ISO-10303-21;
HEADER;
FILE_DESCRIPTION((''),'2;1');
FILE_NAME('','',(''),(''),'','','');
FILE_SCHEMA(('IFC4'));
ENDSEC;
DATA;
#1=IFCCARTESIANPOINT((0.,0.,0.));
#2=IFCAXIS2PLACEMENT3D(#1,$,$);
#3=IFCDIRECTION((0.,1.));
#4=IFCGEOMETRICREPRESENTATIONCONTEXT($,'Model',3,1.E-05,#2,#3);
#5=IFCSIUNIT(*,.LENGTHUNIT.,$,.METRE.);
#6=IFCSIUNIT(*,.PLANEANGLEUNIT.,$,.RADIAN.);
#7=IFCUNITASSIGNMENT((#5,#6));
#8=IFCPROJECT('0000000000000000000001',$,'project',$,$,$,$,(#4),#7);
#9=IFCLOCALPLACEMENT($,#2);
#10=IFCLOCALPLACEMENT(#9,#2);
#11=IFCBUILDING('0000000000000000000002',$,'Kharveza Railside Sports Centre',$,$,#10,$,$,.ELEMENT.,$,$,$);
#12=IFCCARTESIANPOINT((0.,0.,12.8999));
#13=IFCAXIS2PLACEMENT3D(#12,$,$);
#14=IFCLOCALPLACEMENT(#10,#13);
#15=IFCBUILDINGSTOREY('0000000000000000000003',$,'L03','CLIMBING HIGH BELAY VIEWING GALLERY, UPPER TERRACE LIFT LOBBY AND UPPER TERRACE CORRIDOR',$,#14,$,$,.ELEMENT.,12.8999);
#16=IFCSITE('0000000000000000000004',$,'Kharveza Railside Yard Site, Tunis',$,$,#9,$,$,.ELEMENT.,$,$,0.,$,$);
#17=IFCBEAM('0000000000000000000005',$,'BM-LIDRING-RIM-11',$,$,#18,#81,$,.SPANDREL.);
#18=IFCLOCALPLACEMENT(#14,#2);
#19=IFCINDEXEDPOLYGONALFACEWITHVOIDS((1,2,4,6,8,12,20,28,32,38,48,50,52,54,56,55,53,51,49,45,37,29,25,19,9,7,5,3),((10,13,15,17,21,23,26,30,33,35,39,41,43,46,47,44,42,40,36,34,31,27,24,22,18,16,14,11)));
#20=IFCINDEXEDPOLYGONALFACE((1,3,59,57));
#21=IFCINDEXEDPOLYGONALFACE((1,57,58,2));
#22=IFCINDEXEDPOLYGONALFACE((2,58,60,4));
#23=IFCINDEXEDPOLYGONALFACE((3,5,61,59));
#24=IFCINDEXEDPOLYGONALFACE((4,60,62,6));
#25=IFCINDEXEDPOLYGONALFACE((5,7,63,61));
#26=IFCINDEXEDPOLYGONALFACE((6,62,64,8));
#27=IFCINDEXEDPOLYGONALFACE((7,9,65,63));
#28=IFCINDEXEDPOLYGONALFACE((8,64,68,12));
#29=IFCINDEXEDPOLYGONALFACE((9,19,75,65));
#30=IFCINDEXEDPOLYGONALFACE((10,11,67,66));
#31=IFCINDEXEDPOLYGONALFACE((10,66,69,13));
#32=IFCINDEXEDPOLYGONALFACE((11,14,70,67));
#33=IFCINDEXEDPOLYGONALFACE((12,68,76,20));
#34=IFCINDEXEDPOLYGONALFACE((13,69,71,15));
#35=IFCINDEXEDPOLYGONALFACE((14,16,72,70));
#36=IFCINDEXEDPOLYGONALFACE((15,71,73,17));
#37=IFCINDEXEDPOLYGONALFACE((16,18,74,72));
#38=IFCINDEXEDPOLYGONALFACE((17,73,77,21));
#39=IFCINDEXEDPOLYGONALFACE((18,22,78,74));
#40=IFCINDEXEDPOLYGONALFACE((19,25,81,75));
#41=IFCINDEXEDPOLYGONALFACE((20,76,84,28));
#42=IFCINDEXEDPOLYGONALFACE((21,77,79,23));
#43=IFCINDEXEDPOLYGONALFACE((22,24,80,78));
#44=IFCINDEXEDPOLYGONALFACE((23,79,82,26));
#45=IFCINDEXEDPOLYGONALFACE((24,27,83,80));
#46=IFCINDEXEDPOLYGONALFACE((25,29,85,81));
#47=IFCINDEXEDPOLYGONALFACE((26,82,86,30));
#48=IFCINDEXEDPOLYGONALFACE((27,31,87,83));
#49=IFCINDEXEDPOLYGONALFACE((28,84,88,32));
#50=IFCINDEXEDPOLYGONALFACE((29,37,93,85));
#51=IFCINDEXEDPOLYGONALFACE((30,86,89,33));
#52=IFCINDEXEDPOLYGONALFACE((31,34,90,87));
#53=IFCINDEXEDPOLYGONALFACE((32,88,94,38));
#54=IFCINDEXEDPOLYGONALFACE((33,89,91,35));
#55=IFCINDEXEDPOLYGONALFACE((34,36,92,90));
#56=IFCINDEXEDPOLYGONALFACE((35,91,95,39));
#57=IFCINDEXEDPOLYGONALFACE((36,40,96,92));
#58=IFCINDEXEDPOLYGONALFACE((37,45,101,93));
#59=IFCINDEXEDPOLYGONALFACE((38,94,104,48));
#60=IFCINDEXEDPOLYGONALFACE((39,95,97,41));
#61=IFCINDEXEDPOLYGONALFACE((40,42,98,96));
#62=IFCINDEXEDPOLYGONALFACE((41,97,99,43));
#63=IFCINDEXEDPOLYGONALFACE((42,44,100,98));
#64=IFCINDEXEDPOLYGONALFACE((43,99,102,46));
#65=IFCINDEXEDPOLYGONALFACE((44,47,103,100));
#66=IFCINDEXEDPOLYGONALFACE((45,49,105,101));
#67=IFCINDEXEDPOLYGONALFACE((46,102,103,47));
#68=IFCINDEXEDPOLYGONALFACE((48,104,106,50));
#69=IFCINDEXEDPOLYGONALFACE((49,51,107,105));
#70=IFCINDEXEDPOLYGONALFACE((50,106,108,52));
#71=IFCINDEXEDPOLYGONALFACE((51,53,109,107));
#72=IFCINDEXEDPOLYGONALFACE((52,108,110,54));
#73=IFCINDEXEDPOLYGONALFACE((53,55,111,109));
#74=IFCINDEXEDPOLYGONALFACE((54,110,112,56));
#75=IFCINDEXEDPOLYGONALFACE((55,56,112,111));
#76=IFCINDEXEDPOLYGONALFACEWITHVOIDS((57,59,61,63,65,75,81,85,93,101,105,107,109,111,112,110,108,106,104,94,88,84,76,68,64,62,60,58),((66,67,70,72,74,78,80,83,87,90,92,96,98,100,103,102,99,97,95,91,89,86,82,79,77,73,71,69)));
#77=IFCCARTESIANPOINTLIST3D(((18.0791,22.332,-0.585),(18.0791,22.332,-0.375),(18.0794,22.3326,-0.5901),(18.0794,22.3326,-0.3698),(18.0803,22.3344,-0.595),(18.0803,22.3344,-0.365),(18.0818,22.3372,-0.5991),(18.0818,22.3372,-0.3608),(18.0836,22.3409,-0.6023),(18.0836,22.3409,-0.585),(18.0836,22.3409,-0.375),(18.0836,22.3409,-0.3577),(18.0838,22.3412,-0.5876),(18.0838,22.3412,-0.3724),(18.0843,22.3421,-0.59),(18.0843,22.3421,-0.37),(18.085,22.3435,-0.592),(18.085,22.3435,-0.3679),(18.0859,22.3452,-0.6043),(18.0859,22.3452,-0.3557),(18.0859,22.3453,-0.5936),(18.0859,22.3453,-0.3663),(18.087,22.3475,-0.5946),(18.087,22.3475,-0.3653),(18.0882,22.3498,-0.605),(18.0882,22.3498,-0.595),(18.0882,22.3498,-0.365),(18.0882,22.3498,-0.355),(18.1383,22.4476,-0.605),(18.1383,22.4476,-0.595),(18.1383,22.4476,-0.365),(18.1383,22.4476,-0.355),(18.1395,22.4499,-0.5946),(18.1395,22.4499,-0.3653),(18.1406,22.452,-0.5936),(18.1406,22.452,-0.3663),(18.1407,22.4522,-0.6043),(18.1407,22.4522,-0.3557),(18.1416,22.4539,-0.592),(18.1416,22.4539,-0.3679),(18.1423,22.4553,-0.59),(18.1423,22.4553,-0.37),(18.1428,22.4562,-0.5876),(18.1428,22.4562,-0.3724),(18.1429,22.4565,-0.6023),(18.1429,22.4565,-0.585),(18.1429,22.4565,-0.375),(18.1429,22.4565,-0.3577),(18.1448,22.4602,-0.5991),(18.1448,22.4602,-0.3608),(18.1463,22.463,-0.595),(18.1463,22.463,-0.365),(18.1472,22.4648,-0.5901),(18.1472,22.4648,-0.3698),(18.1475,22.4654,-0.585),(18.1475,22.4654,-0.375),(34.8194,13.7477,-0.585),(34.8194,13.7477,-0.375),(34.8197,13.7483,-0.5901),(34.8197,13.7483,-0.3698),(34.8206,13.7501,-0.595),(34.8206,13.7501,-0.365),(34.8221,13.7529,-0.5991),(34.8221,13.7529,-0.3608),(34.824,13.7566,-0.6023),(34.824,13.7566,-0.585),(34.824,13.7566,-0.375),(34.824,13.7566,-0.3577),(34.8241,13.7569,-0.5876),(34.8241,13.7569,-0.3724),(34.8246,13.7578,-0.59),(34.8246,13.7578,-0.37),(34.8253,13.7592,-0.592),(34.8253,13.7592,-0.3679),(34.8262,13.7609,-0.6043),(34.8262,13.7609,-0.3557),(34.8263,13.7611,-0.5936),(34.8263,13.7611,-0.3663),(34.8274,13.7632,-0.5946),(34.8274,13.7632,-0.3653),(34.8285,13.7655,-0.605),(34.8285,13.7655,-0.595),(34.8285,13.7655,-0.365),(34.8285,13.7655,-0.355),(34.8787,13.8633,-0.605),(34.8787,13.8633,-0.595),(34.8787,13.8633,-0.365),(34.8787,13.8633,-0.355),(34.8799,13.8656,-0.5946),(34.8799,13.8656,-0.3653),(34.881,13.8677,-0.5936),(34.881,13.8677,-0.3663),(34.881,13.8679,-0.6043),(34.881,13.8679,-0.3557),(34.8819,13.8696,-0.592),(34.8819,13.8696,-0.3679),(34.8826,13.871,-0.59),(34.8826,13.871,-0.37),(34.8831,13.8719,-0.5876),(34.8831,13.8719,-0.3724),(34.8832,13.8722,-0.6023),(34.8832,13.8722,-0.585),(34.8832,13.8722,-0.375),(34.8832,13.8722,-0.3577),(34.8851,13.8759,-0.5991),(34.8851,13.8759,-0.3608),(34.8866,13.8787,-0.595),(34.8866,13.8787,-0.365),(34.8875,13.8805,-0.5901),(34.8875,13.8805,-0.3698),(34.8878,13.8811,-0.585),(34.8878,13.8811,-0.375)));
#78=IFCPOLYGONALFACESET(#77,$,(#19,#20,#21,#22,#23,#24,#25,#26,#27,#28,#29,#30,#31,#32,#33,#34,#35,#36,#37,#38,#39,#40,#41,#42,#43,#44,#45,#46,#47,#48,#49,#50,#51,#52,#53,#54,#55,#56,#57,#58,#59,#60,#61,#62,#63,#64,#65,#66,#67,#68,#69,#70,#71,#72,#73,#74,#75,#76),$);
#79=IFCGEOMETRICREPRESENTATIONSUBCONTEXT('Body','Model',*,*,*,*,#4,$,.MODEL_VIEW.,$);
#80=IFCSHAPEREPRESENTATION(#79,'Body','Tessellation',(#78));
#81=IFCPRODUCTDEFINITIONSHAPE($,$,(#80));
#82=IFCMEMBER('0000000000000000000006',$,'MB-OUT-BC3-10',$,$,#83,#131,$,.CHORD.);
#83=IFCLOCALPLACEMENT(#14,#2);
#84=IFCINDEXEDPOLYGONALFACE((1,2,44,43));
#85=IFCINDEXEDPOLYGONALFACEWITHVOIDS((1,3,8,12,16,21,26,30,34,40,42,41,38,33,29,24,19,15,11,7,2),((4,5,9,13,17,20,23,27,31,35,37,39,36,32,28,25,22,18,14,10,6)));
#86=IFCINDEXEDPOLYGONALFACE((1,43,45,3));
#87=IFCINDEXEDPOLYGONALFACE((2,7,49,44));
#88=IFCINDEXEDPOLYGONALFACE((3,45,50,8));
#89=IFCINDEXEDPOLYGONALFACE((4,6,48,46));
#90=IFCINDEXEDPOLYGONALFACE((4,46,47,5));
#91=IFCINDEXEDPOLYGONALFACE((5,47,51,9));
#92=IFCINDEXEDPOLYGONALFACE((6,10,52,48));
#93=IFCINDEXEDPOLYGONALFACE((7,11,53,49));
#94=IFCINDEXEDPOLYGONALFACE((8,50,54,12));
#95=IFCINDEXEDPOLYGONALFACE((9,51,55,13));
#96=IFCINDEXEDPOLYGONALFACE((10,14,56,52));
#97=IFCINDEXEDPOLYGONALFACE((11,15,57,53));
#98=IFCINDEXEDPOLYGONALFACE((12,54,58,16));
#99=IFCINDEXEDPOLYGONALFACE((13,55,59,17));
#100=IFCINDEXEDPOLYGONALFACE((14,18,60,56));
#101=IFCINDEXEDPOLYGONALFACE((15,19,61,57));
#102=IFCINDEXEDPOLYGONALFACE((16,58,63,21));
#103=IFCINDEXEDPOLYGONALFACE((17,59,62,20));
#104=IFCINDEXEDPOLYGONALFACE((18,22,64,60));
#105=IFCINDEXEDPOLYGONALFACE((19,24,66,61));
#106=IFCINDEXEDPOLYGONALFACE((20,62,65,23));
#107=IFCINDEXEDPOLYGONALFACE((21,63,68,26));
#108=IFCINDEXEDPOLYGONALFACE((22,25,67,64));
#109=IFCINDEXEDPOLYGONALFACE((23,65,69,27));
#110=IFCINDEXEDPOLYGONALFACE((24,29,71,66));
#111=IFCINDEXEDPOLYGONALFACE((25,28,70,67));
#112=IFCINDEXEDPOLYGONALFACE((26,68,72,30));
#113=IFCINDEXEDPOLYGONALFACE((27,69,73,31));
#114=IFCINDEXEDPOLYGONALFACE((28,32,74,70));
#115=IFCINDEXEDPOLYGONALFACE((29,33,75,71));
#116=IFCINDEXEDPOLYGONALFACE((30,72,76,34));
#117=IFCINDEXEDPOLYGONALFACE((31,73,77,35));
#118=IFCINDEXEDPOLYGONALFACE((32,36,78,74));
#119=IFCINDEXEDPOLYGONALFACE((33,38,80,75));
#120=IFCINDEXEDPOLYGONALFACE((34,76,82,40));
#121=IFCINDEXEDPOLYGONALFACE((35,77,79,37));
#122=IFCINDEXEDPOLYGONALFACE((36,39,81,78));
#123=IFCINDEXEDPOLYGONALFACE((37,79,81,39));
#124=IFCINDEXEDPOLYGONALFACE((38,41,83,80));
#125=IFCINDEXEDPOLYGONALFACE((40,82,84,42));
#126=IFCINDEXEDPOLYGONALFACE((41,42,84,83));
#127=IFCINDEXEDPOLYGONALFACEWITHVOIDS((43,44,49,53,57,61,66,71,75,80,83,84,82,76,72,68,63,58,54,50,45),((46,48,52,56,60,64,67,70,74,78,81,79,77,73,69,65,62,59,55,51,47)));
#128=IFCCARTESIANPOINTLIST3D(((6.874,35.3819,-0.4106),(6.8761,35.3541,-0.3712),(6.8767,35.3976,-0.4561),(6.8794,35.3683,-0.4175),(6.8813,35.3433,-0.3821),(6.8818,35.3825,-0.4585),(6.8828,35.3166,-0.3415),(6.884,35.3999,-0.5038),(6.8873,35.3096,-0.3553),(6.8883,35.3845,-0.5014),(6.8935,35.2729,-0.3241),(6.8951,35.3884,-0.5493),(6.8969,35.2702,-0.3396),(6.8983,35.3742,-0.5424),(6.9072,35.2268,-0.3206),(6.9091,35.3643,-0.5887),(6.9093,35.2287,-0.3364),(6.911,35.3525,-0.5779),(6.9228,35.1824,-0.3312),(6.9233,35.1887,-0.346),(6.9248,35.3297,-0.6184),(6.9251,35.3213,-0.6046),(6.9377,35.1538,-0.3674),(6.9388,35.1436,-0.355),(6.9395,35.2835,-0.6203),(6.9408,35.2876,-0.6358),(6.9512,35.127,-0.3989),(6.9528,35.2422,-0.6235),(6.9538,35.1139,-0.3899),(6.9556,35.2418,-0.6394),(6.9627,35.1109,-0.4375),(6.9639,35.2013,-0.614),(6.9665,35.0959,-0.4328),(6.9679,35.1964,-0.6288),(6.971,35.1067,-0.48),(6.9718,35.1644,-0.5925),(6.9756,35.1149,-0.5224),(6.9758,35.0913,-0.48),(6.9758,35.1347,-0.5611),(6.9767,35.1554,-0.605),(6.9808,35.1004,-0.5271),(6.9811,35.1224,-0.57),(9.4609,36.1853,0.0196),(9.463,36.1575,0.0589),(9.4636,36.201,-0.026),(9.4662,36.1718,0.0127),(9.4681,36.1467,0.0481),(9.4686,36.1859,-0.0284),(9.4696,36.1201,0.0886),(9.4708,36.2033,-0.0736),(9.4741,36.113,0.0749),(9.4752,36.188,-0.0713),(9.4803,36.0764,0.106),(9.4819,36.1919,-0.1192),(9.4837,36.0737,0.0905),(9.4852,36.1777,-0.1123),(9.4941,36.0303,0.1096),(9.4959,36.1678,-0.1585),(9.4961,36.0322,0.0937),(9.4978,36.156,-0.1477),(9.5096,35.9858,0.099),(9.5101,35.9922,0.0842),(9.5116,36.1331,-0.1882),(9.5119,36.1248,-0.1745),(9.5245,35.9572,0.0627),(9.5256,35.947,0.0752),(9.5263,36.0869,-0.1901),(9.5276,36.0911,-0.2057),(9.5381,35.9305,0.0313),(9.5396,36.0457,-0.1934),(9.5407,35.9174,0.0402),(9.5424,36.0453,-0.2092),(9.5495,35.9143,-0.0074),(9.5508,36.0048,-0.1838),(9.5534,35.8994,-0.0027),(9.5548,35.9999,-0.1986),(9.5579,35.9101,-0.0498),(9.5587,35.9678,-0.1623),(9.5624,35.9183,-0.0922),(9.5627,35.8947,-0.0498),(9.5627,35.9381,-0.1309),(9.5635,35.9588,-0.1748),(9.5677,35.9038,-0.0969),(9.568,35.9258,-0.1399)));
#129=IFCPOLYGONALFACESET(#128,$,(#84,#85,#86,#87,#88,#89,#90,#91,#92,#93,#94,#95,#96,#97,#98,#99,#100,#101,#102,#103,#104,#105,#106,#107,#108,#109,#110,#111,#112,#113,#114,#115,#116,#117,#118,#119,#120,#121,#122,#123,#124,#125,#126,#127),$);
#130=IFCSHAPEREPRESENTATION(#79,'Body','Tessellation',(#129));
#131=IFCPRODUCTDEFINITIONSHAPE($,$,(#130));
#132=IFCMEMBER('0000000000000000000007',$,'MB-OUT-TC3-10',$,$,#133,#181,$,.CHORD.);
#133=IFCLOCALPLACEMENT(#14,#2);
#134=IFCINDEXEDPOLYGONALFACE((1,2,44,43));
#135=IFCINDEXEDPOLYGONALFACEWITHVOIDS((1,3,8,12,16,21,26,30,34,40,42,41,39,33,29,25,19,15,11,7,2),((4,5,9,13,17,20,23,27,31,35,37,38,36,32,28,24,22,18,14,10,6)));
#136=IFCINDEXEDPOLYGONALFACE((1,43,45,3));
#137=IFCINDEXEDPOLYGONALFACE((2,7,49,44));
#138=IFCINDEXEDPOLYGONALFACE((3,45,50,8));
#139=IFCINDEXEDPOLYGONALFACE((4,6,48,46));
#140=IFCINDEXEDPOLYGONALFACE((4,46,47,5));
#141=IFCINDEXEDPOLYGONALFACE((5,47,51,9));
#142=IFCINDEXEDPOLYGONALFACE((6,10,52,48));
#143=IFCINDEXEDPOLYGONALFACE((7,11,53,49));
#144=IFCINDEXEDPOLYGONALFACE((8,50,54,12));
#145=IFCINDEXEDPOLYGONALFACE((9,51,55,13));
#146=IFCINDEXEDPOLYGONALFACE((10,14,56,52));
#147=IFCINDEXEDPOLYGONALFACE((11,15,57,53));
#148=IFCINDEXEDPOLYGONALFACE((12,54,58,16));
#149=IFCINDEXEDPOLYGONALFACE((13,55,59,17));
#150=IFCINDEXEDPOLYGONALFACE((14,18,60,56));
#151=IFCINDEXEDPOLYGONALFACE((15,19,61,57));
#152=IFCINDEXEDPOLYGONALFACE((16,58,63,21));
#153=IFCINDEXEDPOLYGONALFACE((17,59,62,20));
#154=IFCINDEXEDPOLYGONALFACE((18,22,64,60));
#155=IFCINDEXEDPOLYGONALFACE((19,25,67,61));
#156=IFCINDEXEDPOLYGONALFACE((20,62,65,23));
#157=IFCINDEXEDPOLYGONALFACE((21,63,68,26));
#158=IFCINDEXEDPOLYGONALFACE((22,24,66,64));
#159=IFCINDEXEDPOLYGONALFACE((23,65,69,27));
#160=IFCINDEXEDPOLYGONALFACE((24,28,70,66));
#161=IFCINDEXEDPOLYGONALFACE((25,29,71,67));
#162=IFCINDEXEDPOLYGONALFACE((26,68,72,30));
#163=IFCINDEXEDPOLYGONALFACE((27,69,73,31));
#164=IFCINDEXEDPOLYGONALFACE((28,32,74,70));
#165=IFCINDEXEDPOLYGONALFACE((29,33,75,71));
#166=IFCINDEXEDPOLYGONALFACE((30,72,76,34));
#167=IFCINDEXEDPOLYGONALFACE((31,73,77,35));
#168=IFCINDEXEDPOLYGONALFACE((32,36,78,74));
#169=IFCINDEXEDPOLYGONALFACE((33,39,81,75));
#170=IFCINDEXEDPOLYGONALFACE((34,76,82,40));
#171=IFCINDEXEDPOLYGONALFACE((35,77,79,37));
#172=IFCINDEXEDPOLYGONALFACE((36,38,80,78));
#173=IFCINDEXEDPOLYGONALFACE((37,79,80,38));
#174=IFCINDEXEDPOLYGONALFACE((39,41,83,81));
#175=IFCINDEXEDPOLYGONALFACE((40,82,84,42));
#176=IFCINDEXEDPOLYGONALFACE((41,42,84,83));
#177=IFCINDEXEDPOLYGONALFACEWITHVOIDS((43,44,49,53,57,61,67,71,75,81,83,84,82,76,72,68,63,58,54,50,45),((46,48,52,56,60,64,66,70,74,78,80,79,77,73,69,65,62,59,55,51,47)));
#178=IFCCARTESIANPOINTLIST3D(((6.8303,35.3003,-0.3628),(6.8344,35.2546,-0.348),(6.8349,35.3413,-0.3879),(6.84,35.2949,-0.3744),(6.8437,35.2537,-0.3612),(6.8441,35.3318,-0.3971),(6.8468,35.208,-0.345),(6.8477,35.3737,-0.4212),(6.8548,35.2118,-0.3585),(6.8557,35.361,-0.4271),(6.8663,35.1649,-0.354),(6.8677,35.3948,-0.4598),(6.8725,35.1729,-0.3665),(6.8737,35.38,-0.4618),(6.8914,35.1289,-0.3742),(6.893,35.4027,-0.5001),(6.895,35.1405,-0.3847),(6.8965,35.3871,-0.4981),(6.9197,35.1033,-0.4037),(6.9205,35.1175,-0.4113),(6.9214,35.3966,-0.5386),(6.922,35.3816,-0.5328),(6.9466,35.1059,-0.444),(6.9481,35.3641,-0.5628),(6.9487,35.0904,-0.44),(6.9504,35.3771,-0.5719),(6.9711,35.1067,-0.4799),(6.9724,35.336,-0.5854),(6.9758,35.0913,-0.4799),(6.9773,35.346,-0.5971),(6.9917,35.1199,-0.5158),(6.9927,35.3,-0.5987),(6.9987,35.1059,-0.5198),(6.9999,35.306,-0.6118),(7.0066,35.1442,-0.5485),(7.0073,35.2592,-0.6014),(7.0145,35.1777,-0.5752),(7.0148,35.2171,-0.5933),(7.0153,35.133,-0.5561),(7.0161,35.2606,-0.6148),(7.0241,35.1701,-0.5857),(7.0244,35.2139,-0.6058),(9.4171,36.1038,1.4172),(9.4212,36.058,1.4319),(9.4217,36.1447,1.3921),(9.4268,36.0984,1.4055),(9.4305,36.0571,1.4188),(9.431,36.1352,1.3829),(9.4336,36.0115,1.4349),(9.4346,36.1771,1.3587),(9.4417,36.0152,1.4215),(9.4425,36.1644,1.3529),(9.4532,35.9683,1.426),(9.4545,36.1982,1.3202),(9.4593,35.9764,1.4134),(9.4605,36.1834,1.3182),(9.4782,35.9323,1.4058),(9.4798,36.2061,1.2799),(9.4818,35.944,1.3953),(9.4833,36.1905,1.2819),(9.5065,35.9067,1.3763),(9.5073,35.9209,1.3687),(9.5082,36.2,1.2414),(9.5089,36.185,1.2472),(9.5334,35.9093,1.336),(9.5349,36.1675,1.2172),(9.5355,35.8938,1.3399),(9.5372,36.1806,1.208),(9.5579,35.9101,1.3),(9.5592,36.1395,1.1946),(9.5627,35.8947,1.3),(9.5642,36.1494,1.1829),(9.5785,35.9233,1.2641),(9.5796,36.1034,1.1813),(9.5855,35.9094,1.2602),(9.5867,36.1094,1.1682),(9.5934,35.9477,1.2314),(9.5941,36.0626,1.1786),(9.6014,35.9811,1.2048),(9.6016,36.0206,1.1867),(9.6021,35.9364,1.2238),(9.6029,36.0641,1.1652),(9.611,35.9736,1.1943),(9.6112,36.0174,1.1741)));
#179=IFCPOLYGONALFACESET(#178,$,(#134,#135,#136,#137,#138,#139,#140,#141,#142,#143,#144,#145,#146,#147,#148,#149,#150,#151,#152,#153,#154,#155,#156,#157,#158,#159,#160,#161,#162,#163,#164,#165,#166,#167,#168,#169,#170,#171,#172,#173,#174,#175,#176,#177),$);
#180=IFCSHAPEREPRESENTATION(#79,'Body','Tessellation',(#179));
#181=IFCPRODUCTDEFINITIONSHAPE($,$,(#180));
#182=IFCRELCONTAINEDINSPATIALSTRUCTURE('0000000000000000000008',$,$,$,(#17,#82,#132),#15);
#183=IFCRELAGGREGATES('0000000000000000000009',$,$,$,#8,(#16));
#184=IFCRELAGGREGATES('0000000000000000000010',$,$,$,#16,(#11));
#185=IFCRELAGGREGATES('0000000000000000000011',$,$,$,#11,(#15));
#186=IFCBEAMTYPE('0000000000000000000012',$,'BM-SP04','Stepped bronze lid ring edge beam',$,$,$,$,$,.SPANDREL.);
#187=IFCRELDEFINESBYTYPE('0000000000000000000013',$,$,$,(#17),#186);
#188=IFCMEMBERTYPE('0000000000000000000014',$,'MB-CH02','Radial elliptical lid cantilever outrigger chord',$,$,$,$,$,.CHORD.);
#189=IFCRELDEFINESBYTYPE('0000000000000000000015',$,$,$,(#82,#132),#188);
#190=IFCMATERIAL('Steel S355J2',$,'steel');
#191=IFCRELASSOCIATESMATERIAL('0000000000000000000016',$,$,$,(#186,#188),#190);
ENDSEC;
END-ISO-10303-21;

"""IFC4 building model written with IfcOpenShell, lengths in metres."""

from ifc_helpers import new_model, si_unit, direction, frame, origin, origin_2d, place, context, subcontext, project, spatial, hollow_rectangle, hollow_circle, extrude, material, material_profile, profile_set, type_object, element, save


model = new_model("IFC4")

# Units and contexts
model_context = context("Model", 3, precision=1e-05, world=origin(), true_north=direction((0.0, 1.0)))
body_context = subcontext(model_context, "Body", "Model", "MODEL_VIEW")
ifc_project = project(units=[si_unit("LENGTHUNIT", "METRE"), si_unit("PLANEANGLEUNIT", "RADIAN")], contexts=[model_context])

# Site, building, storey
site_placement = place(None, origin())
site = spatial("IfcSite", under=ifc_project, at=site_placement, Name="Kharveza Railside Yard Site, Tunis", CompositionType="ELEMENT", RefElevation=0.0)
building_placement = place(site_placement, origin())
building = spatial("IfcBuilding", under=site, at=building_placement, Name="Kharveza Railside Sports Centre", CompositionType="ELEMENT")
storey_placement = place(building_placement, frame((0.0, 0.0, 12.8999)))
storey = spatial("IfcBuildingStorey", under=building, at=storey_placement, Name="L03", Description="CLIMBING HIGH BELAY VIEWING GALLERY, UPPER TERRACE LIFT LOBBY AND UPPER TERRACE CORRIDOR", CompositionType="ELEMENT", Elevation=12.8999)

# Beam
ifc_material_1 = material(Name="Steel S355J2", Category="steel")
ifc_material_profile_1 = material_profile(ifc_material_1, hollow_rectangle(XDim=0.1499, YDim=0.25, WallThickness=0.01, InnerFilletRadius=0.01, OuterFilletRadius=0.02, at=origin_2d()), Name="RHS 150x250x10.0")
ifc_profile_set_1 = profile_set([ifc_material_profile_1], Name="Steel S355J2")
beam_type = type_object("IfcBeamType", Name="BM-SP04", Description="Stepped bronze lid ring edge beam", PredefinedType="SPANDREL", material=ifc_profile_set_1)
beam_1_placement = place(storey_placement, frame((18.1133, 22.3987, -0.48), z_axis=(0.889828, -0.456295, 0.0), x_axis=(0.456295, 0.889828, 0.0)))
element("IfcBeam", 1, at=beam_1_placement, inside=storey, type_object=beam_type, Name="BM-LIDRING-RIM-11", PredefinedType="SPANDREL", context=body_context, shape_type="SweptSolid", body=[
    extrude(hollow_rectangle(XDim=0.1499, YDim=0.25, WallThickness=0.01, InnerFilletRadius=0.01, OuterFilletRadius=0.02, at=origin_2d()), origin(), (0.0, 0.0, 1.0), 18.813),
])

# Members
ifc_material_profile_2 = material_profile(ifc_material_1, hollow_circle(Radius=0.1619, WallThickness=0.0161, at=origin_2d()), Name="CHS 323.9x16.0")
ifc_profile_set_2 = profile_set([ifc_material_profile_2], Name="Steel S355J2")
member_type_1 = type_object("IfcMemberType", Name="MB-CH02", Description="Radial elliptical lid cantilever outrigger chord", PredefinedType="CHORD", material=ifc_profile_set_2)
member_1_placement = place(storey_placement, frame((9.5146, 36.0493, -0.0498), z_axis=(-0.943179, -0.292941, -0.15684), x_axis=(0.296612, -0.954998, 0.0)))
element("IfcMember", 2, at=member_1_placement, inside=storey, type_object=member_type_1, Name="MB-OUT-BC3-10", PredefinedType="CHORD", context=body_context, shape_type="SweptSolid", body=[
    extrude(hollow_circle(Radius=0.1619, WallThickness=0.0161, at=origin_2d()), origin(), (0.0, 0.0, 1.0), 2.7427),
])
member_2_placement = place(storey_placement, frame((9.5146, 36.0493, 1.3), z_axis=(-0.798104, -0.247882, -0.549167), x_axis=(0.296612, -0.954998, 0.0)))
element("IfcMember", 3, at=member_2_placement, inside=storey, type_object=member_type_1, Name="MB-OUT-TC3-10", PredefinedType="CHORD", context=body_context, shape_type="SweptSolid", body=[
    extrude(hollow_circle(Radius=0.1619, WallThickness=0.0161, at=origin_2d()), origin(), (0.0, 0.0, 1.0), 3.2412),
])

save(model, "model.ifc")
